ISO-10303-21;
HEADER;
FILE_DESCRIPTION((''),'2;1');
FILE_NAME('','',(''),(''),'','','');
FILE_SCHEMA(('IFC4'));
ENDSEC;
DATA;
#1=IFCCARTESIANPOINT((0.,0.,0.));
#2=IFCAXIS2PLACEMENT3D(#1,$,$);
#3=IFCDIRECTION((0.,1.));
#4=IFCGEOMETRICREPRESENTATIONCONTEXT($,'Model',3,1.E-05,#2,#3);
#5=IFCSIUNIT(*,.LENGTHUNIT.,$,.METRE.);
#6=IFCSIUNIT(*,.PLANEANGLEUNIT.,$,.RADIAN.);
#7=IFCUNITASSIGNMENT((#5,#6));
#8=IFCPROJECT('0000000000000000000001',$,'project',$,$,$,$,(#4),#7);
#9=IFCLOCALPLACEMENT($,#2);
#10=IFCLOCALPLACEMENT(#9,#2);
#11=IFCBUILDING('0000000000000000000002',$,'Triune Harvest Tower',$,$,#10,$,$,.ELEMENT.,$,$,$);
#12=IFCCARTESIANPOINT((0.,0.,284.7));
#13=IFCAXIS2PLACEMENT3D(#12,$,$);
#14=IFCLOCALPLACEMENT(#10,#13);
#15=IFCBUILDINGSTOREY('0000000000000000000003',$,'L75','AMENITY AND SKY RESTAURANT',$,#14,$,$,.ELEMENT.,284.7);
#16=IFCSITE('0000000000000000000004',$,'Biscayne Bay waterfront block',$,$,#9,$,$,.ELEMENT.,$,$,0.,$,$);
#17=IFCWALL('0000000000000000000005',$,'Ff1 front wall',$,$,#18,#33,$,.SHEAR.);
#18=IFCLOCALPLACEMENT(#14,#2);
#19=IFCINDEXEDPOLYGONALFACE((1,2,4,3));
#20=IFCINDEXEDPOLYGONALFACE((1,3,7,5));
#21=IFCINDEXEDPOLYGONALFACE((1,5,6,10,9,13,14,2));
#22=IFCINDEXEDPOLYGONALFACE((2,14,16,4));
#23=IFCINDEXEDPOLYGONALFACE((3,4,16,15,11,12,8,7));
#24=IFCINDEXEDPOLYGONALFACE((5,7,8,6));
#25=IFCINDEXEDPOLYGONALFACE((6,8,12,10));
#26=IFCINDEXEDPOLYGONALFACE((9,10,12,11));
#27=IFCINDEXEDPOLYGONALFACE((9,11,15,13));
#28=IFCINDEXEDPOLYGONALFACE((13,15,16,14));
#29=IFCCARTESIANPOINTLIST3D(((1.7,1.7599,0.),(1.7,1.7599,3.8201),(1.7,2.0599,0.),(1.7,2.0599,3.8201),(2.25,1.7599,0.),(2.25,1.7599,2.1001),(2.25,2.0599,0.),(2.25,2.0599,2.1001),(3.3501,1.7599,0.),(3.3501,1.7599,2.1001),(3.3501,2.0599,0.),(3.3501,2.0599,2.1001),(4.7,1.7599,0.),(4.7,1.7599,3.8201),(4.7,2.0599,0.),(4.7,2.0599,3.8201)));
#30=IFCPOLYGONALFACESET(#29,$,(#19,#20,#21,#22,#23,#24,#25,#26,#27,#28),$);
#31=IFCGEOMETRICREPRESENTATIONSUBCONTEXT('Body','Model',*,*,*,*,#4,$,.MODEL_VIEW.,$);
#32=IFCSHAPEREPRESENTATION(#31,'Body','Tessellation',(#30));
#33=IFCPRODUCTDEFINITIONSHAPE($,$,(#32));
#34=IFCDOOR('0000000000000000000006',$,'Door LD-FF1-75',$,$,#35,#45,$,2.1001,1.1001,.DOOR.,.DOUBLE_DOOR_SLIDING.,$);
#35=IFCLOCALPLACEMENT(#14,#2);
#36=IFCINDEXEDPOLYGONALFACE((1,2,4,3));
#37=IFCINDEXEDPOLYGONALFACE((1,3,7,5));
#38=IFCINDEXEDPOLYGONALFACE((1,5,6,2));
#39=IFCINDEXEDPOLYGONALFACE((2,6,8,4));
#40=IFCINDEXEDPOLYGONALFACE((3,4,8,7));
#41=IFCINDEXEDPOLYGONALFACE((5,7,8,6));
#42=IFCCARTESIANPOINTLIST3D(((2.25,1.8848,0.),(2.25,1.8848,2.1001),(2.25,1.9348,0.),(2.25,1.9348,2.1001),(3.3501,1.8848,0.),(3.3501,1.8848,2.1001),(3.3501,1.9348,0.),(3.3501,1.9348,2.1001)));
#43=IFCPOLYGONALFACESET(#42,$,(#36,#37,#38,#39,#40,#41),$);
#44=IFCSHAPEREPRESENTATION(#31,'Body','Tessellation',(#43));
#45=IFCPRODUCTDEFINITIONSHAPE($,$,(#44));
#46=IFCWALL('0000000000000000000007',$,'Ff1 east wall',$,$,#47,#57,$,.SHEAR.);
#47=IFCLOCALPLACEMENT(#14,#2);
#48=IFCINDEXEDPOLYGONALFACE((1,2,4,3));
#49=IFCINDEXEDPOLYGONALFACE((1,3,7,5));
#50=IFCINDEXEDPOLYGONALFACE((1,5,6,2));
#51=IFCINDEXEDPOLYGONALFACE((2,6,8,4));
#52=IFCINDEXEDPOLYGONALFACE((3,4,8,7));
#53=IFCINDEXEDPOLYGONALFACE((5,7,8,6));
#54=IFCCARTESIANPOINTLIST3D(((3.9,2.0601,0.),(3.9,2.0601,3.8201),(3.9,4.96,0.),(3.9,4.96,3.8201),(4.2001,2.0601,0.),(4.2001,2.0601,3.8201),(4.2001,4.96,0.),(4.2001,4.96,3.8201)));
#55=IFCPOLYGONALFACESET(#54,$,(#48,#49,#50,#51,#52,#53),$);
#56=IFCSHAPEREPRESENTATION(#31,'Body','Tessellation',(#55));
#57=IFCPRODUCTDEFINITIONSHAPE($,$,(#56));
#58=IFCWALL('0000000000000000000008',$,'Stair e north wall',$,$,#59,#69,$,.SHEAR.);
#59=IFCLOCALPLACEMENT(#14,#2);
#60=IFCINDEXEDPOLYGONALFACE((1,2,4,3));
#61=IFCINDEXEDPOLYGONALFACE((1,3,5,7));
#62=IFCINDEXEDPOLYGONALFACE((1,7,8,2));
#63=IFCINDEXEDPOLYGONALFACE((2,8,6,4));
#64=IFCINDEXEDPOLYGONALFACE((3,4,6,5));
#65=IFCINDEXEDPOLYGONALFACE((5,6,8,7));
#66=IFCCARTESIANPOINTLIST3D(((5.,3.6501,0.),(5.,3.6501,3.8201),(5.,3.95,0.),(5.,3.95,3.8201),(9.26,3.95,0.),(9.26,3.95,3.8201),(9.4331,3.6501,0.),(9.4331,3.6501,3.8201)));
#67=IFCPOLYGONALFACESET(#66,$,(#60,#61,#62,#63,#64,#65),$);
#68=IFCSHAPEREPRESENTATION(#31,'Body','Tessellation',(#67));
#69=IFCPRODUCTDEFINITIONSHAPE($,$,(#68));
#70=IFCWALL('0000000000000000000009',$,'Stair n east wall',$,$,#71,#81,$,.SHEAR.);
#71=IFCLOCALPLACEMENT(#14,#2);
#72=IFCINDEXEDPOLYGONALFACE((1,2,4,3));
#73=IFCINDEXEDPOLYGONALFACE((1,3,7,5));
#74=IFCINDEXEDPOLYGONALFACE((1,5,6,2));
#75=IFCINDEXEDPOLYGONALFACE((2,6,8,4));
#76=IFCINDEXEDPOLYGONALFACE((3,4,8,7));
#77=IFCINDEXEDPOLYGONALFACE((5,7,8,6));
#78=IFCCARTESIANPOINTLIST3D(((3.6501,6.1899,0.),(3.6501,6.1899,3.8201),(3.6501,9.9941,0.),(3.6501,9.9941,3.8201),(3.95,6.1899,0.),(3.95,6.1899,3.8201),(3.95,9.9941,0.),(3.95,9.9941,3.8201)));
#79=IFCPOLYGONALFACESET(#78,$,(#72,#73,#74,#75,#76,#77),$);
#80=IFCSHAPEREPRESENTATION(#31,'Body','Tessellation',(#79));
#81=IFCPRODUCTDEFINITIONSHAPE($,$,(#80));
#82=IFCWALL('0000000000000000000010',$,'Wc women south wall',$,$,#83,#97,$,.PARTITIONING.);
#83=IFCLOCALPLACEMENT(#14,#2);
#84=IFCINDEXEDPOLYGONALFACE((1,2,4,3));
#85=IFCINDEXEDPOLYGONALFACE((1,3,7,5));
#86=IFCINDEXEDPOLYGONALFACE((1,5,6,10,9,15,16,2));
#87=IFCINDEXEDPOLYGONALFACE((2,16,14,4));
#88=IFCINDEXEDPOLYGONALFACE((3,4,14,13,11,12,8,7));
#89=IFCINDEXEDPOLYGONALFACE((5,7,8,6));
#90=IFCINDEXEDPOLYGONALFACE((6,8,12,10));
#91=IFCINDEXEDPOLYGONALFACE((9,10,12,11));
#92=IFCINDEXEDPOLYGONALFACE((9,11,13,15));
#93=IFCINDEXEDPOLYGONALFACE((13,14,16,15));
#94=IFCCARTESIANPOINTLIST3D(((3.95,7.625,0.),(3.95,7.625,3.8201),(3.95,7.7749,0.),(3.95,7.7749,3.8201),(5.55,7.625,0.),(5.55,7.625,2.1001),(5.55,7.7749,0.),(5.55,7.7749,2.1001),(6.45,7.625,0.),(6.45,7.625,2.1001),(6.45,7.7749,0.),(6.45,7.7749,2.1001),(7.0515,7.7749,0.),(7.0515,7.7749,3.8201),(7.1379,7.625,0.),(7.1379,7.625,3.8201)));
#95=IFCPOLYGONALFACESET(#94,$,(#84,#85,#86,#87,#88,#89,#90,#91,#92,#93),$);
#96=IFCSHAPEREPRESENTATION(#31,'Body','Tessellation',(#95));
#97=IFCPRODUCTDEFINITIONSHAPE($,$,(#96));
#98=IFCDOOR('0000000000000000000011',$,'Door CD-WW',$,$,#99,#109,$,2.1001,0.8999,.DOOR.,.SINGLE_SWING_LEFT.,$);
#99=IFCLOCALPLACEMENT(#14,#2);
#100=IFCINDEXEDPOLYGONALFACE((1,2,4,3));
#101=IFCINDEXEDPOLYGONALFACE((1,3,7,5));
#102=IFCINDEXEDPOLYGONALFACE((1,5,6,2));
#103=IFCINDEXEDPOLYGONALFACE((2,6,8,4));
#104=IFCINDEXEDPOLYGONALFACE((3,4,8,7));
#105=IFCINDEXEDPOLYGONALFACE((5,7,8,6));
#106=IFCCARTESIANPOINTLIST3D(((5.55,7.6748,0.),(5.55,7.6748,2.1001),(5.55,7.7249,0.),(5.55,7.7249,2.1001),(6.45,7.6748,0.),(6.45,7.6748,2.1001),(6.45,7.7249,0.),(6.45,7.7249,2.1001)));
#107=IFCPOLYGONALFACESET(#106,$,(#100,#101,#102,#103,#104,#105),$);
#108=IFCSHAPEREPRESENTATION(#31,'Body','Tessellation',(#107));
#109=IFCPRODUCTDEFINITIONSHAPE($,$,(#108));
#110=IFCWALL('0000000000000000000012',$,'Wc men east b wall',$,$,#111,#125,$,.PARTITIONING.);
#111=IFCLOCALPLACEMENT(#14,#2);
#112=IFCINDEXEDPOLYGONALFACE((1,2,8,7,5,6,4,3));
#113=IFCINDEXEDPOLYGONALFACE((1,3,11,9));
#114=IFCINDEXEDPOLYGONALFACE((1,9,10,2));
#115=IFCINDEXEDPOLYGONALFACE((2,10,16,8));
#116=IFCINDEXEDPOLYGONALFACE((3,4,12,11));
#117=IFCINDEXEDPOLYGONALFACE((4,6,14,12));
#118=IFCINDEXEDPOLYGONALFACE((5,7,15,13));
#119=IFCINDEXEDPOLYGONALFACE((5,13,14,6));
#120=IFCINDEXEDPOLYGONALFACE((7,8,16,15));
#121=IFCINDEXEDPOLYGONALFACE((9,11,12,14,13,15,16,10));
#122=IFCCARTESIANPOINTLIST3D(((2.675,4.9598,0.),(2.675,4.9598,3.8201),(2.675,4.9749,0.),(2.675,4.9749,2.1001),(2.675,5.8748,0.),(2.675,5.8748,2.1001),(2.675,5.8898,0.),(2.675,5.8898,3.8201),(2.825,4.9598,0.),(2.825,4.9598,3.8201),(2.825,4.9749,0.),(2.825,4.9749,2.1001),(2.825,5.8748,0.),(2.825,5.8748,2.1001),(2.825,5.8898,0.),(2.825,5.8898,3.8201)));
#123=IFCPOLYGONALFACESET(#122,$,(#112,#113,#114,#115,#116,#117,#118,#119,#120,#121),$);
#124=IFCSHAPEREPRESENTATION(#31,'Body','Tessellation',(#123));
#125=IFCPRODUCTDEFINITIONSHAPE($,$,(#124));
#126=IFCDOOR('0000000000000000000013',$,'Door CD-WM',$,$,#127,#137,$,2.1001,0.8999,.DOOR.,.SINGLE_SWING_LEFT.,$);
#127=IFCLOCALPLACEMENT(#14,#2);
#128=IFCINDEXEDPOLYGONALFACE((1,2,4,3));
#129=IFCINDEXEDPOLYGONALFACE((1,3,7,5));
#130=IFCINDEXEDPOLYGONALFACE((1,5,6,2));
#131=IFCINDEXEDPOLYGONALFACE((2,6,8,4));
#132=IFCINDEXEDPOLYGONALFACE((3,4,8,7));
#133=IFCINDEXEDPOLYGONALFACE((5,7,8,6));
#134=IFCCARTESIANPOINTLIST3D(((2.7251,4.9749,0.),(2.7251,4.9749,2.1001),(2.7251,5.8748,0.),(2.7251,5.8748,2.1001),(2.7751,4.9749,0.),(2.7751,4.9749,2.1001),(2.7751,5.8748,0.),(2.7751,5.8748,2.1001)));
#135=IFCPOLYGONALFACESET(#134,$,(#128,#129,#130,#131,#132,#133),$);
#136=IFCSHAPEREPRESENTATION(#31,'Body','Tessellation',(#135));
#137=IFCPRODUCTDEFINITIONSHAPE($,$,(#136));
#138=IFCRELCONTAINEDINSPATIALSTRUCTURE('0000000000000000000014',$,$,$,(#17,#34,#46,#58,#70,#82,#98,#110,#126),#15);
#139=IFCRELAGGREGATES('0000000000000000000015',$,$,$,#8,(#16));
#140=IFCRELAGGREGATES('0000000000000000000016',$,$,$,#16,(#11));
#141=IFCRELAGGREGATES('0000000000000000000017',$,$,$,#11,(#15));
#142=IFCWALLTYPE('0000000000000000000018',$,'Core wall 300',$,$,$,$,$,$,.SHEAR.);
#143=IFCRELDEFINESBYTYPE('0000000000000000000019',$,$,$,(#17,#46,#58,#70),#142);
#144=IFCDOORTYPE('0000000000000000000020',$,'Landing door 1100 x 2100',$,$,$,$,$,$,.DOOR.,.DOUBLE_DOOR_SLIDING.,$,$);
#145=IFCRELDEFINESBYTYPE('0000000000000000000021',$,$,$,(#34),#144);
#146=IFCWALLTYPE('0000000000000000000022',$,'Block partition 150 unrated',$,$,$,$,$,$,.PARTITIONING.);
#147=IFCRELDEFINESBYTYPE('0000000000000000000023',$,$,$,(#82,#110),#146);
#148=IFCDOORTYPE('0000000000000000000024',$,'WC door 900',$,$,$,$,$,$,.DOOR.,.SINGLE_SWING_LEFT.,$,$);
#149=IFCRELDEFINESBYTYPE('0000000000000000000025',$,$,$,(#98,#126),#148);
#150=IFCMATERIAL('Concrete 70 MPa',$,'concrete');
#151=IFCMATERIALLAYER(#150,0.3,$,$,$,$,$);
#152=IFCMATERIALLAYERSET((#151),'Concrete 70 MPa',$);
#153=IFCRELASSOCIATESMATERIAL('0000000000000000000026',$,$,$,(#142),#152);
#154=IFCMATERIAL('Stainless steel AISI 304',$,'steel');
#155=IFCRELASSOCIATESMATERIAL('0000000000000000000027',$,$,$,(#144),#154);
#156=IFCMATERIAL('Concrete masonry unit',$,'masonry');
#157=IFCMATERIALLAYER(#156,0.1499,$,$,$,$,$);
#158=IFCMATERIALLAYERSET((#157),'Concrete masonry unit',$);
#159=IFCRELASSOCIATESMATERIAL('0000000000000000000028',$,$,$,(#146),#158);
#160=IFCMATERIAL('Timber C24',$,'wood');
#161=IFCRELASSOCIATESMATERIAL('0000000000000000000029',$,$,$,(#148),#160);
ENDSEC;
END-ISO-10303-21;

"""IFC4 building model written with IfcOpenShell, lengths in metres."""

from ifc_helpers import new_model, si_unit, direction, frame, frame_2d, origin, place, context, subcontext, project, spatial, polyline, rectangle, outline, extrude, source, transform, mapped, material, layer, layer_set, type_object, element, fill, save


model = new_model("IFC4")

# Units and contexts
model_context = context("Model", 3, precision=1e-05, world=origin(), true_north=direction((0.0, 1.0)))
body_context = subcontext(model_context, "Body", "Model", "MODEL_VIEW")
ifc_project = project(units=[si_unit("LENGTHUNIT", "METRE"), si_unit("PLANEANGLEUNIT", "RADIAN")], contexts=[model_context])

# Site, building, storey
site_placement = place(None, origin())
site = spatial("IfcSite", under=ifc_project, at=site_placement, Name="Biscayne Bay waterfront block", CompositionType="ELEMENT", RefElevation=0.0)
building_placement = place(site_placement, origin())
building = spatial("IfcBuilding", under=site, at=building_placement, Name="Triune Harvest Tower", CompositionType="ELEMENT")
storey_placement = place(building_placement, frame((0.0, 0.0, 284.7)))
storey = spatial("IfcBuildingStorey", under=building, at=storey_placement, Name="L75", Description="AMENITY AND SKY RESTAURANT", CompositionType="ELEMENT", Elevation=284.7)

# Shared definitions
ifc_material_1 = material(Name="Concrete 70 MPa", Category="concrete")
ifc_layer_1 = layer(ifc_material_1, 0.3)
ifc_layer_set_1 = layer_set([ifc_layer_1], Name="Concrete 70 MPa")
wall_type_1 = type_object("IfcWallType", Name="Core wall 300", PredefinedType="SHEAR", material=ifc_layer_set_1)

# Wall, opening, door
shared_shape_1 = source(origin(), body_context, "Body", "SweptSolid", [
    extrude(rectangle(XDim=3.0, YDim=0.3, at=frame_2d((1.5, 0.0))), origin(), (0.0, 0.0, 1.0), 3.8201),
])
wall_1_placement = place(storey_placement, frame((1.7, 1.9099, 0.0), z_axis=(0.0, 0.0, 1.0), x_axis=(1.0, 0.0, 0.0)))
wall_1 = element("IfcWall", 1, at=wall_1_placement, inside=storey, type_object=wall_type_1, Name="Ff1 front wall", PredefinedType="SHEAR", context=body_context, shape_type="MappedRepresentation", body=[
    mapped(shared_shape_1, transform((0.0, 0.0, 0.0), scale=1.0)),
])
opening_1_placement = place(wall_1_placement, frame((0.55, 0.0, 0.0)))
opening_1 = element("IfcOpeningElement", 2, at=opening_1_placement, cuts=wall_1, PredefinedType="OPENING", context=body_context, shape_type="SweptSolid", body=[
    extrude(rectangle(XDim=1.1001, YDim=2.1001, at=frame_2d((0.55, 1.05))), frame((0.0, 0.1602, 0.0), z_axis=(0.0, -1.0, 0.0), x_axis=(1.0, 0.0, 0.0)), (0.0, 0.0, 1.0), 0.3201),
])
ifc_material_2 = material(Name="Stainless steel AISI 304", Category="steel")
door_type_1 = type_object("IfcDoorType", Name="Landing door 1100 x 2100", OperationType="DOUBLE_DOOR_SLIDING", PredefinedType="DOOR", material=ifc_material_2)
door_1_placement = place(opening_1_placement, origin())
door_1 = element("IfcDoor", 3, at=door_1_placement, inside=storey, type_object=door_type_1, Name="Door LD-FF1-75", OperationType="DOUBLE_DOOR_SLIDING", OverallHeight=2.1001, OverallWidth=1.1001, PredefinedType="DOOR", context=body_context, shape_type="SweptSolid", body=[
    extrude(rectangle(XDim=1.1001, YDim=2.1001, at=frame_2d((0.55, 1.05))), frame((0.0, 0.0249, 0.0), z_axis=(0.0, -1.0, 0.0), x_axis=(1.0, 0.0, 0.0)), (0.0, 0.0, 1.0), 0.05),
])
fill(opening_1, door_1)

# Walls
shared_shape_2 = source(origin(), body_context, "Body", "SweptSolid", [
    extrude(rectangle(XDim=2.8999, YDim=0.3, at=frame_2d((1.45, 0.0))), origin(), (0.0, 0.0, 1.0), 3.8201),
])
wall_2_placement = place(storey_placement, frame((4.05, 2.0601, 0.0), z_axis=(0.0, 0.0, 1.0), x_axis=(0.0, 1.0, 0.0)))
element("IfcWall", 4, at=wall_2_placement, inside=storey, type_object=wall_type_1, Name="Ff1 east wall", PredefinedType="SHEAR", context=body_context, shape_type="MappedRepresentation", body=[
    mapped(shared_shape_2, transform((0.0, 0.0, 0.0), scale=1.0)),
])
shared_shape_3 = source(origin(), body_context, "Body", "SweptSolid", [
    extrude(outline(polyline([(0.0, -0.1499), (0.0, 0.1499), (4.26, 0.1499), (4.4331, -0.1499), (0.0, -0.1499)])), origin(), (0.0, 0.0, 1.0), 3.8201),
])
wall_3_placement = place(storey_placement, frame((5.0, 3.8, 0.0), z_axis=(0.0, 0.0, 1.0), x_axis=(1.0, 0.0, 0.0)))
element("IfcWall", 5, at=wall_3_placement, inside=storey, type_object=wall_type_1, Name="Stair e north wall", PredefinedType="SHEAR", context=body_context, shape_type="MappedRepresentation", body=[
    mapped(shared_shape_3, transform((0.0, 0.0, 0.0), scale=1.0)),
])
shared_shape_4 = source(origin(), body_context, "Body", "SweptSolid", [
    extrude(outline(polyline([(0.0, -0.1499), (0.0, 0.1499), (3.8042, 0.1499), (3.8042, -0.1499), (0.0, -0.1499)])), origin(), (0.0, 0.0, 1.0), 3.8201),
])
wall_4_placement = place(storey_placement, frame((3.8, 6.1899, 0.0), z_axis=(0.0, 0.0, 1.0), x_axis=(0.0, 1.0, 0.0)))
element("IfcWall", 6, at=wall_4_placement, inside=storey, type_object=wall_type_1, Name="Stair n east wall", PredefinedType="SHEAR", context=body_context, shape_type="MappedRepresentation", body=[
    mapped(shared_shape_4, transform((0.0, 0.0, 0.0), scale=1.0)),
])

# Walls, openings, doors
ifc_material_3 = material(Name="Concrete masonry unit", Category="masonry")
ifc_layer_2 = layer(ifc_material_3, 0.1499)
ifc_layer_set_2 = layer_set([ifc_layer_2], Name="Concrete masonry unit")
wall_type_2 = type_object("IfcWallType", Name="Block partition 150 unrated", PredefinedType="PARTITIONING", material=ifc_layer_set_2)
shared_shape_5 = source(origin(), body_context, "Body", "SweptSolid", [
    extrude(outline(polyline([(0.0, -0.075), (0.0, 0.075), (3.1016, 0.075), (3.188, -0.075), (0.0, -0.075)])), origin(), (0.0, 0.0, 1.0), 3.8201),
])
wall_5_placement = place(storey_placement, frame((3.95, 7.7, 0.0), z_axis=(0.0, 0.0, 1.0), x_axis=(1.0, 0.0, 0.0)))
wall_5 = element("IfcWall", 7, at=wall_5_placement, inside=storey, type_object=wall_type_2, Name="Wc women south wall", PredefinedType="PARTITIONING", context=body_context, shape_type="MappedRepresentation", body=[
    mapped(shared_shape_5, transform((0.0, 0.0, 0.0), scale=1.0)),
])
opening_2_placement = place(wall_5_placement, frame((1.6001, 0.0, 0.0)))
opening_2 = element("IfcOpeningElement", 8, at=opening_2_placement, cuts=wall_5, PredefinedType="OPENING", context=body_context, shape_type="SweptSolid", body=[
    extrude(rectangle(XDim=0.8999, YDim=2.1001, at=frame_2d((0.45, 1.05))), frame((0.0, 0.085, 0.0), z_axis=(0.0, -1.0, 0.0), x_axis=(1.0, 0.0, 0.0)), (0.0, 0.0, 1.0), 0.1699),
])
ifc_material_4 = material(Name="Timber C24", Category="wood")
door_type_2 = type_object("IfcDoorType", Name="WC door 900", OperationType="SINGLE_SWING_LEFT", PredefinedType="DOOR", material=ifc_material_4)
door_2_placement = place(opening_2_placement, origin())
door_2 = element("IfcDoor", 9, at=door_2_placement, inside=storey, type_object=door_type_2, Name="Door CD-WW", OperationType="SINGLE_SWING_LEFT", OverallHeight=2.1001, OverallWidth=0.8999, PredefinedType="DOOR", context=body_context, shape_type="SweptSolid", body=[
    extrude(rectangle(XDim=0.8999, YDim=2.1001, at=frame_2d((0.45, 1.05))), frame((0.0, 0.0249, 0.0), z_axis=(0.0, -1.0, 0.0), x_axis=(1.0, 0.0, 0.0)), (0.0, 0.0, 1.0), 0.05),
])
fill(opening_2, door_2)
shared_shape_6 = source(origin(), body_context, "Body", "SweptSolid", [
    extrude(rectangle(XDim=0.9299, YDim=0.1499, at=frame_2d((0.4648, 0.0))), origin(), (0.0, 0.0, 1.0), 3.8201),
])
wall_6_placement = place(storey_placement, frame((2.75, 4.96, 0.0), z_axis=(0.0, 0.0, 1.0), x_axis=(0.0, 1.0, 0.0)))
wall_6 = element("IfcWall", 10, at=wall_6_placement, inside=storey, type_object=wall_type_2, Name="Wc men east b wall", PredefinedType="PARTITIONING", context=body_context, shape_type="MappedRepresentation", body=[
    mapped(shared_shape_6, transform((0.0, 0.0, 0.0), scale=1.0)),
])
opening_3_placement = place(wall_6_placement, frame((0.0149, 0.0, 0.0)))
opening_3 = element("IfcOpeningElement", 11, at=opening_3_placement, cuts=wall_6, PredefinedType="OPENING", context=body_context, shape_type="SweptSolid", body=[
    extrude(rectangle(XDim=0.8999, YDim=2.1001, at=frame_2d((0.45, 1.05))), frame((0.0, 0.085, 0.0), z_axis=(0.0, -1.0, 0.0), x_axis=(1.0, 0.0, 0.0)), (0.0, 0.0, 1.0), 0.1699),
])
door_3_placement = place(opening_3_placement, origin())
door_3 = element("IfcDoor", 12, at=door_3_placement, inside=storey, type_object=door_type_2, Name="Door CD-WM", OperationType="SINGLE_SWING_LEFT", OverallHeight=2.1001, OverallWidth=0.8999, PredefinedType="DOOR", context=body_context, shape_type="SweptSolid", body=[
    extrude(rectangle(XDim=0.8999, YDim=2.1001, at=frame_2d((0.45, 1.05))), frame((0.0, 0.0249, 0.0), z_axis=(0.0, -1.0, 0.0), x_axis=(1.0, 0.0, 0.0)), (0.0, 0.0, 1.0), 0.05),
])
fill(opening_3, door_3)

save(model, "model.ifc")
